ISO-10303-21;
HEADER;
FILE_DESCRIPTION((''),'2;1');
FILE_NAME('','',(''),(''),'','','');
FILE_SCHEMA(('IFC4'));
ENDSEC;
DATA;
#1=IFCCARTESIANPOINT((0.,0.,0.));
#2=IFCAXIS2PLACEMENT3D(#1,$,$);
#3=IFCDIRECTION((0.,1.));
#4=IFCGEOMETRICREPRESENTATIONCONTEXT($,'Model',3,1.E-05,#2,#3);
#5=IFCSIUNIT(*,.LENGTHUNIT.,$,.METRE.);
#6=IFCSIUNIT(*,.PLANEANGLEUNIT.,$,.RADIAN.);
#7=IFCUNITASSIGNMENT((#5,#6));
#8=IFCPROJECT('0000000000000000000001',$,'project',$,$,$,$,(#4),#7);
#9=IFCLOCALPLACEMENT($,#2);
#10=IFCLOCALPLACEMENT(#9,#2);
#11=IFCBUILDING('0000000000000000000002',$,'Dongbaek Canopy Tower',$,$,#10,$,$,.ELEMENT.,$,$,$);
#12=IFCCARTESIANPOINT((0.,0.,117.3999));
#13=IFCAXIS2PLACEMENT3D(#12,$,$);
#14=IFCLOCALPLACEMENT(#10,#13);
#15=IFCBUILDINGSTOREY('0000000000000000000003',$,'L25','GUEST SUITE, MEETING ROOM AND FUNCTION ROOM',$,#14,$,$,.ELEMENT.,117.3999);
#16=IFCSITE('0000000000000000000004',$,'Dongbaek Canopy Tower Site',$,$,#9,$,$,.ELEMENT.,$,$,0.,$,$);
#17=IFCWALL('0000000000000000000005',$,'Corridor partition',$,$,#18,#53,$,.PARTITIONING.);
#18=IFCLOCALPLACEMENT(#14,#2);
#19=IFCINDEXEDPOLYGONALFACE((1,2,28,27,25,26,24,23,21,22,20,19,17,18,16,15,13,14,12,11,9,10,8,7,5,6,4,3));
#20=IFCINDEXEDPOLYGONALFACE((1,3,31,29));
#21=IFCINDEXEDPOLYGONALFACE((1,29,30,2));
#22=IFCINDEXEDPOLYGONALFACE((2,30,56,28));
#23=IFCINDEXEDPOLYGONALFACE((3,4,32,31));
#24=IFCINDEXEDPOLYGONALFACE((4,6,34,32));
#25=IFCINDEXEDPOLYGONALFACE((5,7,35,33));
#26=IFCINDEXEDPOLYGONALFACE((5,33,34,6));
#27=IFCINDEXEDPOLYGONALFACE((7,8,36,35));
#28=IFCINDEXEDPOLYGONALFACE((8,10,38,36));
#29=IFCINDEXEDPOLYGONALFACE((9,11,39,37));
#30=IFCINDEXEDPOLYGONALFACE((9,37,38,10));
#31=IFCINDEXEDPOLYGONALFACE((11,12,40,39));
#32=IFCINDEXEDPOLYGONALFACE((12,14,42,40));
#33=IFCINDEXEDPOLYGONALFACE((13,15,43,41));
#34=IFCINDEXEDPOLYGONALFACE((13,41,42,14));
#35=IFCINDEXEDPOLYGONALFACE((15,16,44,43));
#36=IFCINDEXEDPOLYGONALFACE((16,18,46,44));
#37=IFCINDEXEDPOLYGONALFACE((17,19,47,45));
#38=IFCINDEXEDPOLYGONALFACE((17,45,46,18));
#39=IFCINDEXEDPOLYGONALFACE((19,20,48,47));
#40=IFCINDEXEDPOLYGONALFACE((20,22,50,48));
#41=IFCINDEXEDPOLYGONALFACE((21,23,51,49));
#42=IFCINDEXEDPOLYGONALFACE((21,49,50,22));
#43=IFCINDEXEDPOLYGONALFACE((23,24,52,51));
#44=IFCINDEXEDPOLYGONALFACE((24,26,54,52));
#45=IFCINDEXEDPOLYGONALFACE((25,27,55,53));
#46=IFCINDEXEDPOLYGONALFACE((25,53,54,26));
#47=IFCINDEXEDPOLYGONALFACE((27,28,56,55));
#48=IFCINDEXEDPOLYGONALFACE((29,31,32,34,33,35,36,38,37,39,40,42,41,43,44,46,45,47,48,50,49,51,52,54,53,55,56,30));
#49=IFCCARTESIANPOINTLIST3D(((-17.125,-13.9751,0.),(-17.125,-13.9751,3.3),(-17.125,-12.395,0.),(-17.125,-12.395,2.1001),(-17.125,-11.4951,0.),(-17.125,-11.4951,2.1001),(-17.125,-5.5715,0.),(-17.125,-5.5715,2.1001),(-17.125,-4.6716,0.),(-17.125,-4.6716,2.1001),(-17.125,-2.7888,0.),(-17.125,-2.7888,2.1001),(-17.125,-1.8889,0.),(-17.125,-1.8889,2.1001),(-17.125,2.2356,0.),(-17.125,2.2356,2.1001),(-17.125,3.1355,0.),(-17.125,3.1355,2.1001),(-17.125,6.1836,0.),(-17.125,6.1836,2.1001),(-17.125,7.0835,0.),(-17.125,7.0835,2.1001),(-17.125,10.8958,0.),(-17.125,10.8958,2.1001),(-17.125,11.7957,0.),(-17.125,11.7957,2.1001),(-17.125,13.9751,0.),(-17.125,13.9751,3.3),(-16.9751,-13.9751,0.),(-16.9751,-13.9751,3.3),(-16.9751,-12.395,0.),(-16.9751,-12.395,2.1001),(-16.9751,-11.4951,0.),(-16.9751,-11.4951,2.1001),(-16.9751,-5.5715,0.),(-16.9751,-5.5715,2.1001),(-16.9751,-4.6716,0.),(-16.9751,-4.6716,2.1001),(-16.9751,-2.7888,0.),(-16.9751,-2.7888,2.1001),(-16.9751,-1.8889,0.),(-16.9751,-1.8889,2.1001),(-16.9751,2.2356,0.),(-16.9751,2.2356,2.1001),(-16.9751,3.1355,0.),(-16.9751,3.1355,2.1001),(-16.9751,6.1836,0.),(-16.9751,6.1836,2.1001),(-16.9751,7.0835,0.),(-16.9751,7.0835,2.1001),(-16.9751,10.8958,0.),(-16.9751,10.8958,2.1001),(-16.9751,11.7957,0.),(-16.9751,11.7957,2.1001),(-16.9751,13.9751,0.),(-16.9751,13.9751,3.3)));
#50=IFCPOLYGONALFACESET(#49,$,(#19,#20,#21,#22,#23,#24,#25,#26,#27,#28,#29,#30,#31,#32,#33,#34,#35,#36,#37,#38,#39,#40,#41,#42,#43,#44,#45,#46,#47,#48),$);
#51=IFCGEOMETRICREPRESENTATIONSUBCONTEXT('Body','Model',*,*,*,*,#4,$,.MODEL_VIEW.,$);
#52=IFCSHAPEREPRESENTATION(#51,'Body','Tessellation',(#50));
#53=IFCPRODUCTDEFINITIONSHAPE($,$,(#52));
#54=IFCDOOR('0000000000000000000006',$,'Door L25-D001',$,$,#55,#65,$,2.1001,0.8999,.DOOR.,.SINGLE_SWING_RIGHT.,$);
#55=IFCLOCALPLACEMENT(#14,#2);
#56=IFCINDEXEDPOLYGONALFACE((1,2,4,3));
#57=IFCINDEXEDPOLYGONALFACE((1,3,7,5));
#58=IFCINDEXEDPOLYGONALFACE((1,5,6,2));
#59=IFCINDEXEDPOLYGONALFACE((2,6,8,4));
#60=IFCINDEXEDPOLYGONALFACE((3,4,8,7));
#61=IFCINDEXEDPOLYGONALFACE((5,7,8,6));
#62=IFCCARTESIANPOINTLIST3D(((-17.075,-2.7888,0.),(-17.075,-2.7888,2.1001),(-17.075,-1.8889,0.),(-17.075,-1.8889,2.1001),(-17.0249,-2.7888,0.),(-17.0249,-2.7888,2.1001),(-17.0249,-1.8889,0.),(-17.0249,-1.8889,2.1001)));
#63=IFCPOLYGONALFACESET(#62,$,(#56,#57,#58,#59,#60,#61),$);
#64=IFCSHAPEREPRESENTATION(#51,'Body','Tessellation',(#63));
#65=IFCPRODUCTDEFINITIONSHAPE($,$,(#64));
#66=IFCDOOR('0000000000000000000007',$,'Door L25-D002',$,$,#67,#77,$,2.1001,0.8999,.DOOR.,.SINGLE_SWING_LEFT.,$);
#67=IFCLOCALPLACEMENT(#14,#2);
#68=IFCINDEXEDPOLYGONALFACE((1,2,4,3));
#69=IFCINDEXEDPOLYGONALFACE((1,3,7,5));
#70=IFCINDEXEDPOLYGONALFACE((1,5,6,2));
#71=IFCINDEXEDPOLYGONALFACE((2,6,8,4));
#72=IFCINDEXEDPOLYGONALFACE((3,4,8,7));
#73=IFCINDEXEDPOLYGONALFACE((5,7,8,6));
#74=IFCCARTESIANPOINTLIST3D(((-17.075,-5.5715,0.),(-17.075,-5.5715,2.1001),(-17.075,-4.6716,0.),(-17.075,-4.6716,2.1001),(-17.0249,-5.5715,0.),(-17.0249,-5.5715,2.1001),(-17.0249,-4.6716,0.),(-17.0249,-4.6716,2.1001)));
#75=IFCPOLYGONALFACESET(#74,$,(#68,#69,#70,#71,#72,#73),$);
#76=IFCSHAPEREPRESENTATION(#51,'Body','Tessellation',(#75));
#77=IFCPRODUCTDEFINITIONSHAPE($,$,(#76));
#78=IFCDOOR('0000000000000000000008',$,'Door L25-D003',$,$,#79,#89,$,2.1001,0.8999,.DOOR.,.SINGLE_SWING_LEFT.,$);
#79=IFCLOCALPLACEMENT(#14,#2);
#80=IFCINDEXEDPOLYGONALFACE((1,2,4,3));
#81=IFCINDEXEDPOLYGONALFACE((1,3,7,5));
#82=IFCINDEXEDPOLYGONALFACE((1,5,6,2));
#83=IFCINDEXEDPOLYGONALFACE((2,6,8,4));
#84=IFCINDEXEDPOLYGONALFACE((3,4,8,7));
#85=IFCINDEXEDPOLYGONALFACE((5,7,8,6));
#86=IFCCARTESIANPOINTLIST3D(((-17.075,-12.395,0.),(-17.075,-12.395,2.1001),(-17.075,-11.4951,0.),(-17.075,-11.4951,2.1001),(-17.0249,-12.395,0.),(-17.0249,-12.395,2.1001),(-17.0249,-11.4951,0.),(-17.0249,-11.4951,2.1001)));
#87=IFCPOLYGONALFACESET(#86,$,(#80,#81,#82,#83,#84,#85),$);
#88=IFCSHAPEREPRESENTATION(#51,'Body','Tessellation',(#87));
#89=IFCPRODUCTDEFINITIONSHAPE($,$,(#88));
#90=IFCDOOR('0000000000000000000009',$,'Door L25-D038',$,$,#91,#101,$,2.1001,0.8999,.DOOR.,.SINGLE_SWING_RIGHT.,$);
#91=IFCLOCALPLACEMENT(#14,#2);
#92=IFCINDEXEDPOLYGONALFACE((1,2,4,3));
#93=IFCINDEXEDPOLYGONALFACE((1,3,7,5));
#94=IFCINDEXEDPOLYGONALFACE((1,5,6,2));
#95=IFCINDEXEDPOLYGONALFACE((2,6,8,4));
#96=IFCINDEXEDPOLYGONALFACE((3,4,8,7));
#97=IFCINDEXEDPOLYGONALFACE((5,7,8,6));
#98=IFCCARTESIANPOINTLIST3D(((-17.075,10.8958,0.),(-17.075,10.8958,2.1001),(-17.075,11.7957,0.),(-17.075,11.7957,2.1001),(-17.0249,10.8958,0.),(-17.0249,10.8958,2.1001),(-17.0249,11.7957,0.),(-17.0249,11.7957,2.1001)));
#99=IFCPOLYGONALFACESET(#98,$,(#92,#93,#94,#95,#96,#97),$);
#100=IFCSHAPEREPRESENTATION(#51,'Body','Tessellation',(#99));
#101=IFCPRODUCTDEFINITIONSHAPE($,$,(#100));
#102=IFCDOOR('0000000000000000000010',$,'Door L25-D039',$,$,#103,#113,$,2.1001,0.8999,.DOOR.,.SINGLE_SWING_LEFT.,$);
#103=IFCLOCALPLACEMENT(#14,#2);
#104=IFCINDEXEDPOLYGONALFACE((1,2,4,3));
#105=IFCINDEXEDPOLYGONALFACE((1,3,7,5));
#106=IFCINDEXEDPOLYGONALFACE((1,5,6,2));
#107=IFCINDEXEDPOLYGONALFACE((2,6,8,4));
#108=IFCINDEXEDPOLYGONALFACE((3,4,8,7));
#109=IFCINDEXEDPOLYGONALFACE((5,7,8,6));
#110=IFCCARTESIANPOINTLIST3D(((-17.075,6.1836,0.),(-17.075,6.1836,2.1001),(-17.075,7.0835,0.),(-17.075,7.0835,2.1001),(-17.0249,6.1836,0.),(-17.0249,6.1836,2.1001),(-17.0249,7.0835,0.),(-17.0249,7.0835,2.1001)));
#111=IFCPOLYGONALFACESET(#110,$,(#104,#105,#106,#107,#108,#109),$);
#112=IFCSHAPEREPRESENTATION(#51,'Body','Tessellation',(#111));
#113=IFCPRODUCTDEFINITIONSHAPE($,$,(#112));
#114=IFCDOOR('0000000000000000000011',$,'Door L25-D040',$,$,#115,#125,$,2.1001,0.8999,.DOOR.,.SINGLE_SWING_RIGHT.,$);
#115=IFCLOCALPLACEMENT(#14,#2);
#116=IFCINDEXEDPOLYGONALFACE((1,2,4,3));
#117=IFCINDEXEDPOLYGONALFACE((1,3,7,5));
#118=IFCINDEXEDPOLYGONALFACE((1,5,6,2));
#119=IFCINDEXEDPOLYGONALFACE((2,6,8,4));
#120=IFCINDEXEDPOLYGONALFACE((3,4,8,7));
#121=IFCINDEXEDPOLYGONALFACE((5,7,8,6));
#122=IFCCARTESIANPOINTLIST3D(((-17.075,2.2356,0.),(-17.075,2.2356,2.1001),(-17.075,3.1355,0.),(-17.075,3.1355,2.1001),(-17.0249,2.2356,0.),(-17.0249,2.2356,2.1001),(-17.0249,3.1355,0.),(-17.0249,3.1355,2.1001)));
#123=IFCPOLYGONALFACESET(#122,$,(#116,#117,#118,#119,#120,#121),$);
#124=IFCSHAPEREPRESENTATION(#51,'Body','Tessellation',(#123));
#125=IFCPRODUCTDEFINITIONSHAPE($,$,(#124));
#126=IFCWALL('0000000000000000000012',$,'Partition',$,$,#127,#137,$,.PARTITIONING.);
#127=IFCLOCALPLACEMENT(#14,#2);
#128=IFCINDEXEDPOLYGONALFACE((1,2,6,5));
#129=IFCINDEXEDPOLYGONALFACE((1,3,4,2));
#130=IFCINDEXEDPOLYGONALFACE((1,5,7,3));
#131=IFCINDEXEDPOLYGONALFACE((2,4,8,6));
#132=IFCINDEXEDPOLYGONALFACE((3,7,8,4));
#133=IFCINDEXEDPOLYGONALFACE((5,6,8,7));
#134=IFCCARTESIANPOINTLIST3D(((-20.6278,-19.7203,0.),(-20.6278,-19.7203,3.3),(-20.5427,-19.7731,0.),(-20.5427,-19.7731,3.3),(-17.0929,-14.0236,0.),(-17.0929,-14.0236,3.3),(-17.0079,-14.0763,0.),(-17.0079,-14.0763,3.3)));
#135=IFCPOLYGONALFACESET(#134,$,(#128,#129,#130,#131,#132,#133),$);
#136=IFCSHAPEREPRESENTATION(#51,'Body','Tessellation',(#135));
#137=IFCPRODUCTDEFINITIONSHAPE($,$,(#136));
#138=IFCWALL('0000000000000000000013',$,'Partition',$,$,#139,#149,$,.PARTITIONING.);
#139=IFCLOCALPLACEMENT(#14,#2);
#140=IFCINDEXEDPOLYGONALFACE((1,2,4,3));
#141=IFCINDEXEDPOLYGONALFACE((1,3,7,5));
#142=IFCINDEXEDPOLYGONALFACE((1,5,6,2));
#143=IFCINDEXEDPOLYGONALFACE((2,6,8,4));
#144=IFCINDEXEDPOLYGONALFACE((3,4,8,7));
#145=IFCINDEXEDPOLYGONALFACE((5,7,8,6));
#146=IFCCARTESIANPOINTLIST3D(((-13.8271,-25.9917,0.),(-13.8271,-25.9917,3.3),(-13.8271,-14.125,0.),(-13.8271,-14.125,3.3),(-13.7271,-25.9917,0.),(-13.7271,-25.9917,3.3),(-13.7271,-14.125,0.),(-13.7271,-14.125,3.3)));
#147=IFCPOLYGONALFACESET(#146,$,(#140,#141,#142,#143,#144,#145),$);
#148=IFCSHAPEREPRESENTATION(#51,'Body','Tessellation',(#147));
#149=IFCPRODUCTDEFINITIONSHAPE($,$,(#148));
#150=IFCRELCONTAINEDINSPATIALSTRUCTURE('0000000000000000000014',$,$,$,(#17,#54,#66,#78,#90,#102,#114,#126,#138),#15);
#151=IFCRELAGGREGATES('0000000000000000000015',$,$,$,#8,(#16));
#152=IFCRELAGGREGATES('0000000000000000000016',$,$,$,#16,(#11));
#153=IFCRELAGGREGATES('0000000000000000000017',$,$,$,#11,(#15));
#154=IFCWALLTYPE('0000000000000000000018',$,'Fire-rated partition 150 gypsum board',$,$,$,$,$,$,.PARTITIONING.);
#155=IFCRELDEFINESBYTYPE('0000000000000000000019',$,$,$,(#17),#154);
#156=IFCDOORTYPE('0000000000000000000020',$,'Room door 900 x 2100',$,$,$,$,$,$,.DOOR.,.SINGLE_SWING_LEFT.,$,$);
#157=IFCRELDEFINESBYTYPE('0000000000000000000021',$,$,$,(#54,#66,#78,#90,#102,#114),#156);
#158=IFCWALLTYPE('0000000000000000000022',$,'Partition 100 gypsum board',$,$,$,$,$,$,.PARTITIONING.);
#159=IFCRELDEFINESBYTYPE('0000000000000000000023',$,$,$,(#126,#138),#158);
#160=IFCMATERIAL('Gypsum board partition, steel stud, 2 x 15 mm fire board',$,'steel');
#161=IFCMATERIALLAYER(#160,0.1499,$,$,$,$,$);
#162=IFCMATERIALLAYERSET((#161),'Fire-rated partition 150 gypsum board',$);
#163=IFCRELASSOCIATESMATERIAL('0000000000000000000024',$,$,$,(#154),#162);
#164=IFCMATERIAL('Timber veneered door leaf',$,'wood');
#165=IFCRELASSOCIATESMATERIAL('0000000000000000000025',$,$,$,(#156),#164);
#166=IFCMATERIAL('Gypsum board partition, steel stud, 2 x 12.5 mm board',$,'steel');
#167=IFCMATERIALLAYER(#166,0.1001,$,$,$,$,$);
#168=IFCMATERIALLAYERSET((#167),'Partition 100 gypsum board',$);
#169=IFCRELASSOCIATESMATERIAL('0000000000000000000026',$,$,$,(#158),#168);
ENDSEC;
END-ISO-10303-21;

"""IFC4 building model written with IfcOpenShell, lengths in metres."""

from ifc_helpers import new_model, si_unit, direction, frame, frame_2d, origin, place, context, subcontext, project, spatial, rectangle, extrude, material, layer, layer_set, type_object, element, fill, save


model = new_model("IFC4")

# Units and contexts
model_context = context("Model", 3, precision=1e-05, world=origin(), true_north=direction((0.0, 1.0)))
body_context = subcontext(model_context, "Body", "Model", "MODEL_VIEW")
ifc_project = project(units=[si_unit("LENGTHUNIT", "METRE"), si_unit("PLANEANGLEUNIT", "RADIAN")], contexts=[model_context])

# Site, building, storey
site_placement = place(None, origin())
site = spatial("IfcSite", under=ifc_project, at=site_placement, Name="Dongbaek Canopy Tower Site", CompositionType="ELEMENT", RefElevation=0.0)
building_placement = place(site_placement, origin())
building = spatial("IfcBuilding", under=site, at=building_placement, Name="Dongbaek Canopy Tower", CompositionType="ELEMENT")
storey_placement = place(building_placement, frame((0.0, 0.0, 117.3999)))
storey = spatial("IfcBuildingStorey", under=building, at=storey_placement, Name="L25", Description="GUEST SUITE, MEETING ROOM AND FUNCTION ROOM", CompositionType="ELEMENT", Elevation=117.3999)

# Shared definitions
ifc_material_1 = material(Name="Gypsum board partition, steel stud, 2 x 15 mm fire board", Category="steel")
ifc_layer_1 = layer(ifc_material_1, 0.1499)
ifc_layer_set_1 = layer_set([ifc_layer_1], Name="Fire-rated partition 150 gypsum board")
wall_type_1 = type_object("IfcWallType", Name="Fire-rated partition 150 gypsum board", PredefinedType="PARTITIONING", material=ifc_layer_set_1)

# Wall, openings, doors
wall_1_placement = place(storey_placement, frame((-17.05, -13.9751, 0.0), z_axis=(0.0, 0.0, 1.0), x_axis=(0.0, 1.0, 0.0)))
wall_1 = element("IfcWall", 1, at=wall_1_placement, inside=storey, type_object=wall_type_1, Name="Corridor partition", PredefinedType="PARTITIONING", context=body_context, shape_type="SweptSolid", body=[
    extrude(rectangle(XDim=27.9502, YDim=0.1499, at=frame_2d((13.9751, 0.0))), origin(), (0.0, 0.0, 1.0), 3.3),
])
opening_1_placement = place(wall_1_placement, frame((11.1863, 0.0, 0.0)))
opening_1 = element("IfcOpeningElement", 2, at=opening_1_placement, cuts=wall_1, PredefinedType="OPENING", context=body_context, shape_type="SweptSolid", body=[
    extrude(rectangle(XDim=0.8999, YDim=2.1001, at=frame_2d((0.45, 1.05))), frame((0.0, 0.085, 0.0), z_axis=(0.0, -1.0, 0.0), x_axis=(1.0, 0.0, 0.0)), (0.0, 0.0, 1.0), 0.1699),
])
opening_2_placement = place(wall_1_placement, frame((8.4036, 0.0, 0.0)))
opening_2 = element("IfcOpeningElement", 3, at=opening_2_placement, cuts=wall_1, PredefinedType="OPENING", context=body_context, shape_type="SweptSolid", body=[
    extrude(rectangle(XDim=0.8999, YDim=2.1001, at=frame_2d((0.45, 1.05))), frame((0.0, 0.085, 0.0), z_axis=(0.0, -1.0, 0.0), x_axis=(1.0, 0.0, 0.0)), (0.0, 0.0, 1.0), 0.1699),
])
opening_3_placement = place(wall_1_placement, frame((1.5801, 0.0, 0.0)))
opening_3 = element("IfcOpeningElement", 4, at=opening_3_placement, cuts=wall_1, PredefinedType="OPENING", context=body_context, shape_type="SweptSolid", body=[
    extrude(rectangle(XDim=0.8999, YDim=2.1001, at=frame_2d((0.45, 1.05))), frame((0.0, 0.085, 0.0), z_axis=(0.0, -1.0, 0.0), x_axis=(1.0, 0.0, 0.0)), (0.0, 0.0, 1.0), 0.1699),
])
opening_4_placement = place(wall_1_placement, frame((24.8708, 0.0, 0.0)))
opening_4 = element("IfcOpeningElement", 5, at=opening_4_placement, cuts=wall_1, PredefinedType="OPENING", context=body_context, shape_type="SweptSolid", body=[
    extrude(rectangle(XDim=0.8999, YDim=2.1001, at=frame_2d((0.45, 1.05))), frame((0.0, 0.085, 0.0), z_axis=(0.0, -1.0, 0.0), x_axis=(1.0, 0.0, 0.0)), (0.0, 0.0, 1.0), 0.1699),
])
opening_5_placement = place(wall_1_placement, frame((20.1587, 0.0, 0.0)))
opening_5 = element("IfcOpeningElement", 6, at=opening_5_placement, cuts=wall_1, PredefinedType="OPENING", context=body_context, shape_type="SweptSolid", body=[
    extrude(rectangle(XDim=0.8999, YDim=2.1001, at=frame_2d((0.45, 1.05))), frame((0.0, 0.085, 0.0), z_axis=(0.0, -1.0, 0.0), x_axis=(1.0, 0.0, 0.0)), (0.0, 0.0, 1.0), 0.1699),
])
opening_6_placement = place(wall_1_placement, frame((16.2107, 0.0, 0.0)))
opening_6 = element("IfcOpeningElement", 7, at=opening_6_placement, cuts=wall_1, PredefinedType="OPENING", context=body_context, shape_type="SweptSolid", body=[
    extrude(rectangle(XDim=0.8999, YDim=2.1001, at=frame_2d((0.45, 1.05))), frame((0.0, 0.085, 0.0), z_axis=(0.0, -1.0, 0.0), x_axis=(1.0, 0.0, 0.0)), (0.0, 0.0, 1.0), 0.1699),
])
ifc_material_2 = material(Name="Timber veneered door leaf", Category="wood")
door_type = type_object("IfcDoorType", Name="Room door 900 x 2100", OperationType="SINGLE_SWING_LEFT", PredefinedType="DOOR", material=ifc_material_2)
door_1_placement = place(opening_1_placement, origin())
door_1 = element("IfcDoor", 8, at=door_1_placement, inside=storey, type_object=door_type, Name="Door L25-D001", OperationType="SINGLE_SWING_RIGHT", OverallHeight=2.1001, OverallWidth=0.8999, PredefinedType="DOOR", context=body_context, shape_type="SweptSolid", body=[
    extrude(rectangle(XDim=0.8999, YDim=2.1001, at=frame_2d((0.45, 1.05))), frame((0.0, 0.0249, 0.0), z_axis=(0.0, -1.0, 0.0), x_axis=(1.0, 0.0, 0.0)), (0.0, 0.0, 1.0), 0.05),
])
fill(opening_1, door_1)
door_2_placement = place(opening_2_placement, origin())
door_2 = element("IfcDoor", 9, at=door_2_placement, inside=storey, type_object=door_type, Name="Door L25-D002", OperationType="SINGLE_SWING_LEFT", OverallHeight=2.1001, OverallWidth=0.8999, PredefinedType="DOOR", context=body_context, shape_type="SweptSolid", body=[
    extrude(rectangle(XDim=0.8999, YDim=2.1001, at=frame_2d((0.45, 1.05))), frame((0.0, 0.0249, 0.0), z_axis=(0.0, -1.0, 0.0), x_axis=(1.0, 0.0, 0.0)), (0.0, 0.0, 1.0), 0.05),
])
fill(opening_2, door_2)
door_3_placement = place(opening_3_placement, origin())
door_3 = element("IfcDoor", 10, at=door_3_placement, inside=storey, type_object=door_type, Name="Door L25-D003", OperationType="SINGLE_SWING_LEFT", OverallHeight=2.1001, OverallWidth=0.8999, PredefinedType="DOOR", context=body_context, shape_type="SweptSolid", body=[
    extrude(rectangle(XDim=0.8999, YDim=2.1001, at=frame_2d((0.45, 1.05))), frame((0.0, 0.0249, 0.0), z_axis=(0.0, -1.0, 0.0), x_axis=(1.0, 0.0, 0.0)), (0.0, 0.0, 1.0), 0.05),
])
fill(opening_3, door_3)
door_4_placement = place(opening_4_placement, origin())
door_4 = element("IfcDoor", 11, at=door_4_placement, inside=storey, type_object=door_type, Name="Door L25-D038", OperationType="SINGLE_SWING_RIGHT", OverallHeight=2.1001, OverallWidth=0.8999, PredefinedType="DOOR", context=body_context, shape_type="SweptSolid", body=[
    extrude(rectangle(XDim=0.8999, YDim=2.1001, at=frame_2d((0.45, 1.05))), frame((0.0, 0.0249, 0.0), z_axis=(0.0, -1.0, 0.0), x_axis=(1.0, 0.0, 0.0)), (0.0, 0.0, 1.0), 0.05),
])
fill(opening_4, door_4)
door_5_placement = place(opening_5_placement, origin())
door_5 = element("IfcDoor", 12, at=door_5_placement, inside=storey, type_object=door_type, Name="Door L25-D039", OperationType="SINGLE_SWING_LEFT", OverallHeight=2.1001, OverallWidth=0.8999, PredefinedType="DOOR", context=body_context, shape_type="SweptSolid", body=[
    extrude(rectangle(XDim=0.8999, YDim=2.1001, at=frame_2d((0.45, 1.05))), frame((0.0, 0.0249, 0.0), z_axis=(0.0, -1.0, 0.0), x_axis=(1.0, 0.0, 0.0)), (0.0, 0.0, 1.0), 0.05),
])
fill(opening_5, door_5)
door_6_placement = place(opening_6_placement, origin())
door_6 = element("IfcDoor", 13, at=door_6_placement, inside=storey, type_object=door_type, Name="Door L25-D040", OperationType="SINGLE_SWING_RIGHT", OverallHeight=2.1001, OverallWidth=0.8999, PredefinedType="DOOR", context=body_context, shape_type="SweptSolid", body=[
    extrude(rectangle(XDim=0.8999, YDim=2.1001, at=frame_2d((0.45, 1.05))), frame((0.0, 0.0249, 0.0), z_axis=(0.0, -1.0, 0.0), x_axis=(1.0, 0.0, 0.0)), (0.0, 0.0, 1.0), 0.05),
])
fill(opening_6, door_6)

# Walls
ifc_material_3 = material(Name="Gypsum board partition, steel stud, 2 x 12.5 mm board", Category="steel")
ifc_layer_2 = layer(ifc_material_3, 0.1001)
ifc_layer_set_2 = layer_set([ifc_layer_2], Name="Partition 100 gypsum board")
wall_type_2 = type_object("IfcWallType", Name="Partition 100 gypsum board", PredefinedType="PARTITIONING", material=ifc_layer_set_2)
wall_2_placement = place(storey_placement, frame((-20.5852, -19.7466, 0.0), z_axis=(0.0, 0.0, 1.0), x_axis=(0.527253, 0.849708, 0.0)))
element("IfcWall", 14, at=wall_2_placement, inside=storey, type_object=wall_type_2, Name="Partition", PredefinedType="PARTITIONING", context=body_context, shape_type="SweptSolid", body=[
    extrude(rectangle(XDim=6.7043, YDim=0.1001, at=frame_2d((3.3521, 0.0))), origin(), (0.0, 0.0, 1.0), 3.3),
])
wall_3_placement = place(storey_placement, frame((-13.7771, -25.9917, 0.0), z_axis=(0.0, 0.0, 1.0), x_axis=(0.0, 1.0, 0.0)))
element("IfcWall", 15, at=wall_3_placement, inside=storey, type_object=wall_type_2, Name="Partition", PredefinedType="PARTITIONING", context=body_context, shape_type="SweptSolid", body=[
    extrude(rectangle(XDim=11.8667, YDim=0.1001, at=frame_2d((5.9333, 0.0))), origin(), (0.0, 0.0, 1.0), 3.3),
])

save(model, "model.ifc")
